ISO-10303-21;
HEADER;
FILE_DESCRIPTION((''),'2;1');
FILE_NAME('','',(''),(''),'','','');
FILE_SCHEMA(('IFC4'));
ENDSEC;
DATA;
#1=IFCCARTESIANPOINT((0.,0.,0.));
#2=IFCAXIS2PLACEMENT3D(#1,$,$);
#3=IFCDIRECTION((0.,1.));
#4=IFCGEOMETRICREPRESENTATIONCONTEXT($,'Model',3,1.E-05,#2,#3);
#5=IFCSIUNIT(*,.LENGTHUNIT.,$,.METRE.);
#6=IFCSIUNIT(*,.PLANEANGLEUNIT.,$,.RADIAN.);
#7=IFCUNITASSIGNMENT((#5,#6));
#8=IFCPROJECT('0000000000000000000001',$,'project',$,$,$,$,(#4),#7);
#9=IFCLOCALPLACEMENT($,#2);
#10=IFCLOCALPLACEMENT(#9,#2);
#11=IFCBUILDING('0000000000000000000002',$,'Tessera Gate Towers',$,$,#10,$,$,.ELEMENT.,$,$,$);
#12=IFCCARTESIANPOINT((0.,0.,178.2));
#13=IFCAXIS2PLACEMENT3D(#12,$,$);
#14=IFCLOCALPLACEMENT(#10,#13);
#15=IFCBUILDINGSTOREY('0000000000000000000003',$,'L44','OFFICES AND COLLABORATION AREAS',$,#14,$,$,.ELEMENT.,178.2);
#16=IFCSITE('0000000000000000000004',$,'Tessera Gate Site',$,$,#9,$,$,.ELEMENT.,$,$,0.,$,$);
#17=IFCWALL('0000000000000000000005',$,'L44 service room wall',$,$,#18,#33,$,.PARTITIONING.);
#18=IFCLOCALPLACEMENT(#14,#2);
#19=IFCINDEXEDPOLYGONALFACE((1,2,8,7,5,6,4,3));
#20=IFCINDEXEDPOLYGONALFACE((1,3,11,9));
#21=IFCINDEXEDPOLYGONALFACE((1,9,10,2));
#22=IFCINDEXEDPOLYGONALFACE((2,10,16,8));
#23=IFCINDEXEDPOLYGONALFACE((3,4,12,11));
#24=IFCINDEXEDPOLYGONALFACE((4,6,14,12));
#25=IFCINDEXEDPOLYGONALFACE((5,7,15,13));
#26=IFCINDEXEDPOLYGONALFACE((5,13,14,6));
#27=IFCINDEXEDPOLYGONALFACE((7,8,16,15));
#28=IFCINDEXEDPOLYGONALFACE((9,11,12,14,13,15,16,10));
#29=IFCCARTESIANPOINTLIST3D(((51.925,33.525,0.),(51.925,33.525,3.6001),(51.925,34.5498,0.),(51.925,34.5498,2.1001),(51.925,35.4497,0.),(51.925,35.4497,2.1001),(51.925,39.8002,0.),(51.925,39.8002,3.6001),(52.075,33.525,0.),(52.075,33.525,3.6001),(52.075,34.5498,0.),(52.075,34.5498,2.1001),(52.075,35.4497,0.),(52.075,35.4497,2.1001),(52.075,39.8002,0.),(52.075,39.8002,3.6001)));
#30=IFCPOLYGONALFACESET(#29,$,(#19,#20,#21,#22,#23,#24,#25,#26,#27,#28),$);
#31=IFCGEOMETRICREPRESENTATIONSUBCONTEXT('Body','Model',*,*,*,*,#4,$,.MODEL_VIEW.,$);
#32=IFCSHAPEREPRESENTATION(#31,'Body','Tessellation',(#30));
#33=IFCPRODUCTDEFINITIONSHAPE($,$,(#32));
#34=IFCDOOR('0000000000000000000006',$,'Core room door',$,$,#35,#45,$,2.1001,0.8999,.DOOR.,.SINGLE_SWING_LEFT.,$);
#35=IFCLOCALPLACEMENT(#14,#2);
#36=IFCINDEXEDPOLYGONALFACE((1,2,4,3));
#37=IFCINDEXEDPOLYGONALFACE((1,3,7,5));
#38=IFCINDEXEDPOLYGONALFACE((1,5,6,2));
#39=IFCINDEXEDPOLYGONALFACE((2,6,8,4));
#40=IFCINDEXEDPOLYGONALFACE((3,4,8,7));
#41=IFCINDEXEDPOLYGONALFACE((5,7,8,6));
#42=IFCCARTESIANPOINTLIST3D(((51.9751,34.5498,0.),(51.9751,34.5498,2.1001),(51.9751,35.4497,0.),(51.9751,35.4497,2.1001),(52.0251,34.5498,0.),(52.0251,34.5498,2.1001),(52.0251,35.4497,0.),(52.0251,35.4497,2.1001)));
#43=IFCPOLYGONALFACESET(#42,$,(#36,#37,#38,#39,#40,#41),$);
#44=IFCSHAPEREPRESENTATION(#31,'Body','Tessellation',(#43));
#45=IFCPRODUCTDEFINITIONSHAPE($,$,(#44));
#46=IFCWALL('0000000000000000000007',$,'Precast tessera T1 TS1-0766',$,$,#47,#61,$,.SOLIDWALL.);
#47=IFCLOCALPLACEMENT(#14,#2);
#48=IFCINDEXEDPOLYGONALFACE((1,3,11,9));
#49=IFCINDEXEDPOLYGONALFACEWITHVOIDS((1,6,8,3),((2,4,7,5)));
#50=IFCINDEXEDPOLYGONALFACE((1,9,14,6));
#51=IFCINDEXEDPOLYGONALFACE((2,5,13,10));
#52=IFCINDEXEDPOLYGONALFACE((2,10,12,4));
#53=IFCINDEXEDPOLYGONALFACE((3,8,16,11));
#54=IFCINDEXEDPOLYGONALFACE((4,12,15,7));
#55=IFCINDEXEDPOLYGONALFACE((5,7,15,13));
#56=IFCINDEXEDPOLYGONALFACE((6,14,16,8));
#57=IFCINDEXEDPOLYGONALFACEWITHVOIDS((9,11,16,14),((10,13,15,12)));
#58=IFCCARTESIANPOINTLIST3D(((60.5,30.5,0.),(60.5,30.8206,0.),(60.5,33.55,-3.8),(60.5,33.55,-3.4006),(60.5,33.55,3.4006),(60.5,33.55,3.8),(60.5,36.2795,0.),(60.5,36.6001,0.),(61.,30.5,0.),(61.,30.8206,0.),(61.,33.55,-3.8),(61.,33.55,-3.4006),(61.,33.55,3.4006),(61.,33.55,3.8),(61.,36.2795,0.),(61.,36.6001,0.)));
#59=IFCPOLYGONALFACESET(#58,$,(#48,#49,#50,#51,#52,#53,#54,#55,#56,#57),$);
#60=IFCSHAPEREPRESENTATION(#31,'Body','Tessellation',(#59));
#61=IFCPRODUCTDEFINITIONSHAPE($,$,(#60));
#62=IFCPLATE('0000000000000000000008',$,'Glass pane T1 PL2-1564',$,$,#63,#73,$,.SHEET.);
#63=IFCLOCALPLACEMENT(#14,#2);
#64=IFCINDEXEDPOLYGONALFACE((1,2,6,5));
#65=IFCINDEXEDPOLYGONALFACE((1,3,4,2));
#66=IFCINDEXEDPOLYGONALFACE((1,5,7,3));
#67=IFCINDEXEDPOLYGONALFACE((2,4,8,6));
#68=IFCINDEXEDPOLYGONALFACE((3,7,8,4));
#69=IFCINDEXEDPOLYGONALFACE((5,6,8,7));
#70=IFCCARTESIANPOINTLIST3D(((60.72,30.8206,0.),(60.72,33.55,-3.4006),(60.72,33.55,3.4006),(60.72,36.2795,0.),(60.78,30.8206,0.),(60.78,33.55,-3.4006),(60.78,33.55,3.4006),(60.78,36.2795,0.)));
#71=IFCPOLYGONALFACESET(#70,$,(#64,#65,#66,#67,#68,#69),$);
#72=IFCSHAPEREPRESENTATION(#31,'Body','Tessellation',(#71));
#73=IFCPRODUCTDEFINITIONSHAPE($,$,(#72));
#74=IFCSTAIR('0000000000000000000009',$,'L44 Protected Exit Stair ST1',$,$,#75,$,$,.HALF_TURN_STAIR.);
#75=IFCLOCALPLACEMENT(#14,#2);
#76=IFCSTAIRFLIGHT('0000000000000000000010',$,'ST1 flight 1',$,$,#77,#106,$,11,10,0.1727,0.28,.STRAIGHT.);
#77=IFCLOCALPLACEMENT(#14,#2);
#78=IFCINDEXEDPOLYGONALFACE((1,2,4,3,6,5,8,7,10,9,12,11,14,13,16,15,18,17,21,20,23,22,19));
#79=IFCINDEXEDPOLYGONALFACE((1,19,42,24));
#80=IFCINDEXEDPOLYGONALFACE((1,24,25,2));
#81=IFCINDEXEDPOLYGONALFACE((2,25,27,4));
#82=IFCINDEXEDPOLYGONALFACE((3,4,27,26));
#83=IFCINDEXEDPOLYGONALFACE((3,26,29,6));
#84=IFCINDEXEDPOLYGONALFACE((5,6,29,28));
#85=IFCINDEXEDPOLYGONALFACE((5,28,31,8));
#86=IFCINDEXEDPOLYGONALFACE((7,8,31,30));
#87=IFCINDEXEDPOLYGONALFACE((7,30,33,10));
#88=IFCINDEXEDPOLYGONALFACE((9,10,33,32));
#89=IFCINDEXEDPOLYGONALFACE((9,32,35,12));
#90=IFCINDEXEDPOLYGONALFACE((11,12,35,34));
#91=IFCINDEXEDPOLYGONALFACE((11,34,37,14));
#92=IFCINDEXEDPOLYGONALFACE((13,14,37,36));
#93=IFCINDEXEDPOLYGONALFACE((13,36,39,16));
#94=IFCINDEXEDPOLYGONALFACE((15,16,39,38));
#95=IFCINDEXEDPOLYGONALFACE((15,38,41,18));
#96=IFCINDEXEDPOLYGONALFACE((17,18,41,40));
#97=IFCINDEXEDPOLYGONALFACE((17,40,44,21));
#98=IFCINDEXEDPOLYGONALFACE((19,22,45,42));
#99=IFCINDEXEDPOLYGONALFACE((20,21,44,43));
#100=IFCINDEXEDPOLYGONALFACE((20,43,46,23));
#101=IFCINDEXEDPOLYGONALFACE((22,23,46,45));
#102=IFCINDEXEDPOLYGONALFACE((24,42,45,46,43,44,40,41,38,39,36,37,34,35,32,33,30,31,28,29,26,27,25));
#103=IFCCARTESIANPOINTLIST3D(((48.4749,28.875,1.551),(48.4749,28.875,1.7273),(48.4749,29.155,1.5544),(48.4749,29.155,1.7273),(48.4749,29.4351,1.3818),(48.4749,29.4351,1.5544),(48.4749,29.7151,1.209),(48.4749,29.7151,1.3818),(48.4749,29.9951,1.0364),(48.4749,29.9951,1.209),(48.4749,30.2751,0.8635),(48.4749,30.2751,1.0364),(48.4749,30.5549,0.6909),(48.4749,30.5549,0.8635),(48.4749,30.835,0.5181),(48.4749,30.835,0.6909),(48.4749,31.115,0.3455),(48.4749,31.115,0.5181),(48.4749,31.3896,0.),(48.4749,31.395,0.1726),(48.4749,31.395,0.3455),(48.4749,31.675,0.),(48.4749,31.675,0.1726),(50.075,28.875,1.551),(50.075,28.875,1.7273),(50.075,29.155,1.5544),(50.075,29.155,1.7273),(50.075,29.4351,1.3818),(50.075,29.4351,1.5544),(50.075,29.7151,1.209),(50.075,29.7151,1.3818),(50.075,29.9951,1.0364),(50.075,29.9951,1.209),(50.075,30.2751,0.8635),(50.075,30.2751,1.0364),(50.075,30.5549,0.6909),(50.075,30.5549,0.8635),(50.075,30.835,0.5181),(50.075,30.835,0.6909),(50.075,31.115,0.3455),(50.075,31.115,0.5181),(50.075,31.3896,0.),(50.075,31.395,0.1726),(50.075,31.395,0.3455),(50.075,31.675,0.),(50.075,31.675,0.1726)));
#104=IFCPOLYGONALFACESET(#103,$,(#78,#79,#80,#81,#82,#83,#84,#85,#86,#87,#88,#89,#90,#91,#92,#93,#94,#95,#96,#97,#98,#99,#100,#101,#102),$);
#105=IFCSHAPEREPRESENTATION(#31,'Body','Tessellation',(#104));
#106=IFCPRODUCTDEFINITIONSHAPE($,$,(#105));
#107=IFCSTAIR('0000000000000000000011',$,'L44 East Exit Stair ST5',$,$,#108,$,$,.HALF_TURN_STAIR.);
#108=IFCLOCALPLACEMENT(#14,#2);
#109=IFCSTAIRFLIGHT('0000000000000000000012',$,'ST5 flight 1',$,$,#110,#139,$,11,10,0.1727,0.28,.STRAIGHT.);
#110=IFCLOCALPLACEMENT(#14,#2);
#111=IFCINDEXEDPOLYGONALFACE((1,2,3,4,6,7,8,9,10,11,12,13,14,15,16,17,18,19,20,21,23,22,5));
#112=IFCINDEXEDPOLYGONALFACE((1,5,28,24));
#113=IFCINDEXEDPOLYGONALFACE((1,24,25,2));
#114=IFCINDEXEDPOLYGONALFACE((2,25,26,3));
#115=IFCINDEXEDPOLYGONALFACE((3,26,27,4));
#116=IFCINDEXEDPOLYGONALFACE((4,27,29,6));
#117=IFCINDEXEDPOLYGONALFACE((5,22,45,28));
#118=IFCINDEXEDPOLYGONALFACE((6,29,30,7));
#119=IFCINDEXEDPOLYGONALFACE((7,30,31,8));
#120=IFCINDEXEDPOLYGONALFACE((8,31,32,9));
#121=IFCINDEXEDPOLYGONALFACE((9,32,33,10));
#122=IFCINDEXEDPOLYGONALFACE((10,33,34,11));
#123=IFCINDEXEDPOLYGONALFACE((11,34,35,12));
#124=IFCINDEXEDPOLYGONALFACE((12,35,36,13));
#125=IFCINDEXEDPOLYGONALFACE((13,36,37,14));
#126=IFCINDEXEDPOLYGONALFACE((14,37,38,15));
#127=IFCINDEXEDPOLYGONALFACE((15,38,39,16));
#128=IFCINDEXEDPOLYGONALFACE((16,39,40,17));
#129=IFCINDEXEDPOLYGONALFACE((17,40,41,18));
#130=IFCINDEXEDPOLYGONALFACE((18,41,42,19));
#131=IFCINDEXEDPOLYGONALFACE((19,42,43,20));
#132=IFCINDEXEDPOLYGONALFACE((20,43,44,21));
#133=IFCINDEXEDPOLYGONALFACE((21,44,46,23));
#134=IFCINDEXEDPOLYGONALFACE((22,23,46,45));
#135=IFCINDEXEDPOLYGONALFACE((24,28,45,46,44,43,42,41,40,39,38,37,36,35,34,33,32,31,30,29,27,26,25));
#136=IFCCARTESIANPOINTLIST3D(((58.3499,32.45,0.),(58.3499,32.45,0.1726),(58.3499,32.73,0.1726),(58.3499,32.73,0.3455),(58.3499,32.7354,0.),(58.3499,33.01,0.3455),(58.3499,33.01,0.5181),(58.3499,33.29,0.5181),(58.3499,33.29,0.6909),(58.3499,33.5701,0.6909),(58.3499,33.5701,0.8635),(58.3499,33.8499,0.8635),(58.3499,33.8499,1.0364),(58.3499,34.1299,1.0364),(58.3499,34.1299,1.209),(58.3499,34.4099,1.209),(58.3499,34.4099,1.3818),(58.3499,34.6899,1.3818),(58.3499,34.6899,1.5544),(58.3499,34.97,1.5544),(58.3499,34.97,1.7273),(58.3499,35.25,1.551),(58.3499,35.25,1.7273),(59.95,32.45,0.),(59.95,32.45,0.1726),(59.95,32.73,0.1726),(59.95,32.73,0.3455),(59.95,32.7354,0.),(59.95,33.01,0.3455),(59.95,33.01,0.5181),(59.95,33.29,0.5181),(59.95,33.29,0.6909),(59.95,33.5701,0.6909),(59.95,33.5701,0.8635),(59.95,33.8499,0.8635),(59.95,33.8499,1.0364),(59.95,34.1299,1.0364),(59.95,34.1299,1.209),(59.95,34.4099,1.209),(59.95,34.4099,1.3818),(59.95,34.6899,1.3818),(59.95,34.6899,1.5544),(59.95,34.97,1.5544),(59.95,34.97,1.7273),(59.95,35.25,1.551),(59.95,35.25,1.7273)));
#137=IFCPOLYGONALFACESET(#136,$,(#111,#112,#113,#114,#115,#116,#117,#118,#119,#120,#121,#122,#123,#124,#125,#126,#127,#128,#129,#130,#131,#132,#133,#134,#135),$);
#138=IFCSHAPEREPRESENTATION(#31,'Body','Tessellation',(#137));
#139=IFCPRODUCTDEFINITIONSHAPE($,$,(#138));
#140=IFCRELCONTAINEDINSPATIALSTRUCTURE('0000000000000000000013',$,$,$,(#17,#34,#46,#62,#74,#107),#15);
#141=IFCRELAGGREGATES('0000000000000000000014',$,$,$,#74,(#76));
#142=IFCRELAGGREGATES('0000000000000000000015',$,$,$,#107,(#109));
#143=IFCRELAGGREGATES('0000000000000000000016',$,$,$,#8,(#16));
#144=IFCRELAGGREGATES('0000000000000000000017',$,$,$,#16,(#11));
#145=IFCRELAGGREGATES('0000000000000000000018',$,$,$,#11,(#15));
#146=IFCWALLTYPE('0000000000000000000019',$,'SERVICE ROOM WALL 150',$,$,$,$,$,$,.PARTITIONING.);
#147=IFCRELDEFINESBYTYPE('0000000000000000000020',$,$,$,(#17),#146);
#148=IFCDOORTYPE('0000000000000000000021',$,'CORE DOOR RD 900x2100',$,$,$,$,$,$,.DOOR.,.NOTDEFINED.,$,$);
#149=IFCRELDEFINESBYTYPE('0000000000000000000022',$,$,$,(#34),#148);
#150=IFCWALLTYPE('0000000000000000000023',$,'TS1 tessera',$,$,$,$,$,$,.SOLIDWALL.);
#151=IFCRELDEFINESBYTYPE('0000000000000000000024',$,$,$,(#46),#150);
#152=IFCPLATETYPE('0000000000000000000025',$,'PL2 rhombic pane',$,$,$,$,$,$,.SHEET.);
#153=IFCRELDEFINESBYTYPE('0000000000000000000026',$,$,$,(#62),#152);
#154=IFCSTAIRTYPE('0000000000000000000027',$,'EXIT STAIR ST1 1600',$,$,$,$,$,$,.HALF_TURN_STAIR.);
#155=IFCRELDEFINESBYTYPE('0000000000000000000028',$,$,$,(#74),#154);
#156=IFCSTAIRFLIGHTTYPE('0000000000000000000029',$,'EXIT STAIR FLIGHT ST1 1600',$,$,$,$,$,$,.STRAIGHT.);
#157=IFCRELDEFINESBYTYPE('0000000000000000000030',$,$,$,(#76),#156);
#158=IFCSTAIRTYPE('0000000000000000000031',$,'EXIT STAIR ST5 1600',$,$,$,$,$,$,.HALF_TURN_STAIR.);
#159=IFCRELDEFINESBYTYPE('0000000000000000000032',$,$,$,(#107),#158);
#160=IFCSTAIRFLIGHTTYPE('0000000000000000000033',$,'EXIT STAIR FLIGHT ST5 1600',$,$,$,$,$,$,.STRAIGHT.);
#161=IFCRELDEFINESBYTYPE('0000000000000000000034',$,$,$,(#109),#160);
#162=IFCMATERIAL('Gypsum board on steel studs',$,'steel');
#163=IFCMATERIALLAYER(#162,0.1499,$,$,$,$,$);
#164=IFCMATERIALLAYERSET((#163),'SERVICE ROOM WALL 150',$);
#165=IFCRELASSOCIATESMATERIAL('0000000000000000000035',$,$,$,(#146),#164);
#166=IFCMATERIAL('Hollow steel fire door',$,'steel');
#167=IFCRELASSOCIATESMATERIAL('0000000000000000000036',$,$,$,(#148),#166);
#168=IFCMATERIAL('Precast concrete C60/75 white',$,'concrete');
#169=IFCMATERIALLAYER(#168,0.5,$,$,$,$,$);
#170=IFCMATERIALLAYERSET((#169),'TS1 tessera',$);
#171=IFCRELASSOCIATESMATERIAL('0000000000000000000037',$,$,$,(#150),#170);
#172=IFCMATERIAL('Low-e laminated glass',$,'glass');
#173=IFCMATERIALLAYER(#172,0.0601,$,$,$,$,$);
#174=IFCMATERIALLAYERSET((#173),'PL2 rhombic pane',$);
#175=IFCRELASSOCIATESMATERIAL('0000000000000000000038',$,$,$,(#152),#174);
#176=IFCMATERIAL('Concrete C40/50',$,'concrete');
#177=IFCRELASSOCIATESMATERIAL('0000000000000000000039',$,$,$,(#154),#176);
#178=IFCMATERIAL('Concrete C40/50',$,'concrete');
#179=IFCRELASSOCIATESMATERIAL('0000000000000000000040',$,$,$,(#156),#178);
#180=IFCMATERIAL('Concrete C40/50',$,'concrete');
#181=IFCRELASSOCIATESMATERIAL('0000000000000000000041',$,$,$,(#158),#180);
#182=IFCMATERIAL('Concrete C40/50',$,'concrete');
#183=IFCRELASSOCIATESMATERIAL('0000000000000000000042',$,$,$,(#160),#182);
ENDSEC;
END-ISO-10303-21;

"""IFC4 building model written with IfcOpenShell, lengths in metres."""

from ifc_helpers import new_model, si_unit, direction, frame, frame_2d, origin, place, context, subcontext, project, spatial, polyline, rectangle, outline, extrude, source, transform, mapped, material, layer, layer_set, type_object, element, fill, aggregate, save


model = new_model("IFC4")

# Units and contexts
model_context = context("Model", 3, precision=1e-05, world=origin(), true_north=direction((0.0, 1.0)))
body_context = subcontext(model_context, "Body", "Model", "MODEL_VIEW")
ifc_project = project(units=[si_unit("LENGTHUNIT", "METRE"), si_unit("PLANEANGLEUNIT", "RADIAN")], contexts=[model_context])

# Site, building, storey
site_placement = place(None, origin())
site = spatial("IfcSite", under=ifc_project, at=site_placement, Name="Tessera Gate Site", CompositionType="ELEMENT", RefElevation=0.0)
building_placement = place(site_placement, origin())
building = spatial("IfcBuilding", under=site, at=building_placement, Name="Tessera Gate Towers", CompositionType="ELEMENT")
storey_placement = place(building_placement, frame((0.0, 0.0, 178.2)))
storey = spatial("IfcBuildingStorey", under=building, at=storey_placement, Name="L44", Description="OFFICES AND COLLABORATION AREAS", CompositionType="ELEMENT", Elevation=178.2)

# Wall, opening, door
shared_shape_1 = source(origin(), body_context, "Body", "SweptSolid", [
    extrude(rectangle(XDim=0.8999, YDim=2.1001, at=frame_2d((0.45, 1.05))), frame((0.0, 0.085, 0.0), z_axis=(0.0, -1.0, 0.0), x_axis=(1.0, 0.0, 0.0)), (0.0, 0.0, 1.0), 0.1699),
])
shared_shape_2 = source(origin(), body_context, "Body", "SweptSolid", [
    extrude(rectangle(XDim=0.8999, YDim=2.1001, at=frame_2d((0.45, 1.05))), frame((0.0, 0.0249, 0.0), z_axis=(0.0, -1.0, 0.0), x_axis=(1.0, 0.0, 0.0)), (0.0, 0.0, 1.0), 0.05),
])
ifc_material_1 = material(Name="Gypsum board on steel studs", Category="steel")
ifc_layer_1 = layer(ifc_material_1, 0.1499)
ifc_layer_set_1 = layer_set([ifc_layer_1], Name="SERVICE ROOM WALL 150")
wall_type_1 = type_object("IfcWallType", Name="SERVICE ROOM WALL 150", PredefinedType="PARTITIONING", material=ifc_layer_set_1)
wall_1_placement = place(storey_placement, frame((52.0, 33.5249, 0.0), z_axis=(0.0, 0.0, 1.0), x_axis=(0.0, 1.0, 0.0)))
wall_1 = element("IfcWall", 1, at=wall_1_placement, inside=storey, type_object=wall_type_1, Name="L44 service room wall", PredefinedType="PARTITIONING", context=body_context, shape_type="SweptSolid", body=[
    extrude(rectangle(XDim=6.2751, YDim=0.1499, at=frame_2d((3.1377, 0.0))), origin(), (0.0, 0.0, 1.0), 3.6001),
])
opening_1_placement = place(wall_1_placement, frame((1.0249, 0.0, 0.0)))
opening_1 = element("IfcOpeningElement", 2, at=opening_1_placement, cuts=wall_1, PredefinedType="OPENING", context=body_context, shape_type="MappedRepresentation", body=[
    mapped(shared_shape_1, transform((0.0, 0.0, 0.0), scale=1.0)),
])
ifc_material_2 = material(Name="Hollow steel fire door", Category="steel")
door_type_1 = type_object("IfcDoorType", Name="CORE DOOR RD 900x2100", OperationType="NOTDEFINED", PredefinedType="DOOR", material=ifc_material_2)
door_1_placement = place(opening_1_placement, origin())
door_1 = element("IfcDoor", 3, at=door_1_placement, inside=storey, type_object=door_type_1, Name="Core room door", OperationType="SINGLE_SWING_LEFT", OverallHeight=2.1001, OverallWidth=0.8999, PredefinedType="DOOR", context=body_context, shape_type="MappedRepresentation", body=[
    mapped(shared_shape_2, transform((0.0, 0.0, 0.0), scale=1.0)),
])
fill(opening_1, door_1)

# Wall, opening, plate
ifc_material_3 = material(Name="Precast concrete C60/75 white", Category="concrete")
ifc_layer_2 = layer(ifc_material_3, 0.5)
ifc_layer_set_2 = layer_set([ifc_layer_2], Name="TS1 tessera")
wall_type_2 = type_object("IfcWallType", Name="TS1 tessera", PredefinedType="SOLIDWALL", material=ifc_layer_set_2)
shared_shape_3 = source(origin(), body_context, "Body", "SweptSolid", [
    extrude(outline(polyline([(3.05, 0.0), (6.1001, 3.8), (3.05, 7.6001), (0.0, 3.8), (3.05, 0.0)])), frame((0.0, 0.25, 0.0), z_axis=(0.0, -1.0, 0.0), x_axis=(1.0, 0.0, 0.0)), (0.0, 0.0, 1.0), 0.5),
])
wall_2_placement = place(storey_placement, frame((60.75, 30.5, -3.8), z_axis=(0.0, 0.0, 1.0), x_axis=(0.0, 1.0, 0.0)))
wall_2 = element("IfcWall", 4, at=wall_2_placement, inside=storey, type_object=wall_type_2, Name="Precast tessera T1 TS1-0766", PredefinedType="SOLIDWALL", context=body_context, shape_type="MappedRepresentation", body=[
    mapped(shared_shape_3, transform((0.0, 0.0, 0.0), scale=1.0)),
])
shared_shape_4 = source(origin(), body_context, "Body", "SweptSolid", [
    extrude(outline(polyline([(3.05, 0.3994), (5.7795, 3.8), (3.05, 7.2007), (0.3206, 3.8), (3.05, 0.3994)])), frame((0.0, 0.26, 0.0), z_axis=(0.0, -1.0, 0.0), x_axis=(1.0, 0.0, 0.0)), (0.0, 0.0, 1.0), 0.52),
])
opening_2_placement = place(wall_2_placement, origin())
opening_2 = element("IfcOpeningElement", 5, at=opening_2_placement, cuts=wall_2, PredefinedType="OPENING", context=body_context, shape_type="MappedRepresentation", body=[
    mapped(shared_shape_4, transform((0.0, 0.0, 0.0), scale=1.0)),
])
ifc_material_4 = material(Name="Low-e laminated glass", Category="glass")
ifc_layer_3 = layer(ifc_material_4, 0.0601)
ifc_layer_set_3 = layer_set([ifc_layer_3], Name="PL2 rhombic pane")
plate_type = type_object("IfcPlateType", Name="PL2 rhombic pane", PredefinedType="SHEET", material=ifc_layer_set_3)
shared_shape_5 = source(origin(), body_context, "Body", "SweptSolid", [
    extrude(outline(polyline([(3.05, 0.3994), (5.7795, 3.8), (3.05, 7.2007), (0.3206, 3.8), (3.05, 0.3994)])), frame((0.0, 0.03, 0.0), z_axis=(0.0, -1.0, 0.0), x_axis=(1.0, 0.0, 0.0)), (0.0, 0.0, 1.0), 0.0601),
])
plate_placement = place(opening_2_placement, origin())
plate = element("IfcPlate", 6, at=plate_placement, inside=storey, type_object=plate_type, Name="Glass pane T1 PL2-1564", PredefinedType="SHEET", context=body_context, shape_type="MappedRepresentation", body=[
    mapped(shared_shape_5, transform((0.0, 0.0, 0.0), scale=1.0)),
])
fill(opening_2, plate)

# Stair, stair flight
ifc_material_5 = material(Name="Concrete C40/50", Category="concrete")
stair_type_1 = type_object("IfcStairType", Name="EXIT STAIR ST1 1600", PredefinedType="HALF_TURN_STAIR", material=ifc_material_5)
stair_1_placement = place(storey_placement, origin())
stair_1 = element("IfcStair", 7, at=stair_1_placement, inside=storey, type_object=stair_type_1, Name="L44 Protected Exit Stair ST1", PredefinedType="HALF_TURN_STAIR")
ifc_material_6 = material(Name="Concrete C40/50", Category="concrete")
stair_flight_type_1 = type_object("IfcStairFlightType", Name="EXIT STAIR FLIGHT ST1 1600", PredefinedType="STRAIGHT", material=ifc_material_6)
stair_flight_1_placement = place(storey_placement, frame((49.2749, 31.675, 0.0), z_axis=(0.0, 0.0, 1.0), x_axis=(0.0, -1.0, 0.0)))
stair_flight_1 = element("IfcStairFlight", 8, at=stair_flight_1_placement, type_object=stair_flight_type_1, Name="ST1 flight 1", NumberOfRisers=11, NumberOfTreads=10, PredefinedType="STRAIGHT", RiserHeight=0.1727, TreadLength=0.28, context=body_context, shape_type="SweptSolid", body=[
    extrude(outline(polyline([(0.0, 0.0), (0.0, 0.1726), (0.28, 0.1726), (0.28, 0.3455), (0.5601, 0.3455), (0.5601, 0.5181), (0.8401, 0.5181), (0.8401, 0.6909), (1.1201, 0.6909), (1.1201, 0.8635), (1.3999, 0.8635), (1.3999, 1.0364), (1.6799, 1.0364), (1.6799, 1.209), (1.96, 1.209), (1.96, 1.3818), (2.24, 1.3818), (2.24, 1.5544), (2.52, 1.5544), (2.52, 1.7273), (2.8, 1.7273), (2.8, 1.8999), (2.8, 1.551), (0.2854, 0.0), (0.0, 0.0)])), frame((0.0, 0.8, 0.0), z_axis=(0.0, -1.0, 0.0), x_axis=(1.0, 0.0, 0.0)), (0.0, 0.0, 1.0), 1.6001),
])
aggregate(stair_1, [stair_flight_1])

# Stair, stair flight
ifc_material_7 = material(Name="Concrete C40/50", Category="concrete")
stair_type_2 = type_object("IfcStairType", Name="EXIT STAIR ST5 1600", PredefinedType="HALF_TURN_STAIR", material=ifc_material_7)
stair_2_placement = place(storey_placement, origin())
stair_2 = element("IfcStair", 9, at=stair_2_placement, inside=storey, type_object=stair_type_2, Name="L44 East Exit Stair ST5", PredefinedType="HALF_TURN_STAIR")
ifc_material_8 = material(Name="Concrete C40/50", Category="concrete")
stair_flight_type_2 = type_object("IfcStairFlightType", Name="EXIT STAIR FLIGHT ST5 1600", PredefinedType="STRAIGHT", material=ifc_material_8)
stair_flight_2_placement = place(storey_placement, frame((59.1499, 32.45, 0.0), z_axis=(0.0, 0.0, 1.0), x_axis=(0.0, 1.0, 0.0)))
stair_flight_2 = element("IfcStairFlight", 10, at=stair_flight_2_placement, type_object=stair_flight_type_2, Name="ST5 flight 1", NumberOfRisers=11, NumberOfTreads=10, PredefinedType="STRAIGHT", RiserHeight=0.1727, TreadLength=0.28, context=body_context, shape_type="SweptSolid", body=[
    extrude(outline(polyline([(0.0, 0.0), (0.0, 0.1726), (0.28, 0.1726), (0.28, 0.3455), (0.5601, 0.3455), (0.5601, 0.5181), (0.8401, 0.5181), (0.8401, 0.6909), (1.1201, 0.6909), (1.1201, 0.8635), (1.3999, 0.8635), (1.3999, 1.0364), (1.6799, 1.0364), (1.6799, 1.209), (1.96, 1.209), (1.96, 1.3818), (2.24, 1.3818), (2.24, 1.5544), (2.52, 1.5544), (2.52, 1.7273), (2.8, 1.7273), (2.8, 1.8999), (2.8, 1.551), (0.2854, 0.0), (0.0, 0.0)])), frame((0.0, 0.8, 0.0), z_axis=(0.0, -1.0, 0.0), x_axis=(1.0, 0.0, 0.0)), (0.0, 0.0, 1.0), 1.6001),
])
aggregate(stair_2, [stair_flight_2])

save(model, "model.ifc")
